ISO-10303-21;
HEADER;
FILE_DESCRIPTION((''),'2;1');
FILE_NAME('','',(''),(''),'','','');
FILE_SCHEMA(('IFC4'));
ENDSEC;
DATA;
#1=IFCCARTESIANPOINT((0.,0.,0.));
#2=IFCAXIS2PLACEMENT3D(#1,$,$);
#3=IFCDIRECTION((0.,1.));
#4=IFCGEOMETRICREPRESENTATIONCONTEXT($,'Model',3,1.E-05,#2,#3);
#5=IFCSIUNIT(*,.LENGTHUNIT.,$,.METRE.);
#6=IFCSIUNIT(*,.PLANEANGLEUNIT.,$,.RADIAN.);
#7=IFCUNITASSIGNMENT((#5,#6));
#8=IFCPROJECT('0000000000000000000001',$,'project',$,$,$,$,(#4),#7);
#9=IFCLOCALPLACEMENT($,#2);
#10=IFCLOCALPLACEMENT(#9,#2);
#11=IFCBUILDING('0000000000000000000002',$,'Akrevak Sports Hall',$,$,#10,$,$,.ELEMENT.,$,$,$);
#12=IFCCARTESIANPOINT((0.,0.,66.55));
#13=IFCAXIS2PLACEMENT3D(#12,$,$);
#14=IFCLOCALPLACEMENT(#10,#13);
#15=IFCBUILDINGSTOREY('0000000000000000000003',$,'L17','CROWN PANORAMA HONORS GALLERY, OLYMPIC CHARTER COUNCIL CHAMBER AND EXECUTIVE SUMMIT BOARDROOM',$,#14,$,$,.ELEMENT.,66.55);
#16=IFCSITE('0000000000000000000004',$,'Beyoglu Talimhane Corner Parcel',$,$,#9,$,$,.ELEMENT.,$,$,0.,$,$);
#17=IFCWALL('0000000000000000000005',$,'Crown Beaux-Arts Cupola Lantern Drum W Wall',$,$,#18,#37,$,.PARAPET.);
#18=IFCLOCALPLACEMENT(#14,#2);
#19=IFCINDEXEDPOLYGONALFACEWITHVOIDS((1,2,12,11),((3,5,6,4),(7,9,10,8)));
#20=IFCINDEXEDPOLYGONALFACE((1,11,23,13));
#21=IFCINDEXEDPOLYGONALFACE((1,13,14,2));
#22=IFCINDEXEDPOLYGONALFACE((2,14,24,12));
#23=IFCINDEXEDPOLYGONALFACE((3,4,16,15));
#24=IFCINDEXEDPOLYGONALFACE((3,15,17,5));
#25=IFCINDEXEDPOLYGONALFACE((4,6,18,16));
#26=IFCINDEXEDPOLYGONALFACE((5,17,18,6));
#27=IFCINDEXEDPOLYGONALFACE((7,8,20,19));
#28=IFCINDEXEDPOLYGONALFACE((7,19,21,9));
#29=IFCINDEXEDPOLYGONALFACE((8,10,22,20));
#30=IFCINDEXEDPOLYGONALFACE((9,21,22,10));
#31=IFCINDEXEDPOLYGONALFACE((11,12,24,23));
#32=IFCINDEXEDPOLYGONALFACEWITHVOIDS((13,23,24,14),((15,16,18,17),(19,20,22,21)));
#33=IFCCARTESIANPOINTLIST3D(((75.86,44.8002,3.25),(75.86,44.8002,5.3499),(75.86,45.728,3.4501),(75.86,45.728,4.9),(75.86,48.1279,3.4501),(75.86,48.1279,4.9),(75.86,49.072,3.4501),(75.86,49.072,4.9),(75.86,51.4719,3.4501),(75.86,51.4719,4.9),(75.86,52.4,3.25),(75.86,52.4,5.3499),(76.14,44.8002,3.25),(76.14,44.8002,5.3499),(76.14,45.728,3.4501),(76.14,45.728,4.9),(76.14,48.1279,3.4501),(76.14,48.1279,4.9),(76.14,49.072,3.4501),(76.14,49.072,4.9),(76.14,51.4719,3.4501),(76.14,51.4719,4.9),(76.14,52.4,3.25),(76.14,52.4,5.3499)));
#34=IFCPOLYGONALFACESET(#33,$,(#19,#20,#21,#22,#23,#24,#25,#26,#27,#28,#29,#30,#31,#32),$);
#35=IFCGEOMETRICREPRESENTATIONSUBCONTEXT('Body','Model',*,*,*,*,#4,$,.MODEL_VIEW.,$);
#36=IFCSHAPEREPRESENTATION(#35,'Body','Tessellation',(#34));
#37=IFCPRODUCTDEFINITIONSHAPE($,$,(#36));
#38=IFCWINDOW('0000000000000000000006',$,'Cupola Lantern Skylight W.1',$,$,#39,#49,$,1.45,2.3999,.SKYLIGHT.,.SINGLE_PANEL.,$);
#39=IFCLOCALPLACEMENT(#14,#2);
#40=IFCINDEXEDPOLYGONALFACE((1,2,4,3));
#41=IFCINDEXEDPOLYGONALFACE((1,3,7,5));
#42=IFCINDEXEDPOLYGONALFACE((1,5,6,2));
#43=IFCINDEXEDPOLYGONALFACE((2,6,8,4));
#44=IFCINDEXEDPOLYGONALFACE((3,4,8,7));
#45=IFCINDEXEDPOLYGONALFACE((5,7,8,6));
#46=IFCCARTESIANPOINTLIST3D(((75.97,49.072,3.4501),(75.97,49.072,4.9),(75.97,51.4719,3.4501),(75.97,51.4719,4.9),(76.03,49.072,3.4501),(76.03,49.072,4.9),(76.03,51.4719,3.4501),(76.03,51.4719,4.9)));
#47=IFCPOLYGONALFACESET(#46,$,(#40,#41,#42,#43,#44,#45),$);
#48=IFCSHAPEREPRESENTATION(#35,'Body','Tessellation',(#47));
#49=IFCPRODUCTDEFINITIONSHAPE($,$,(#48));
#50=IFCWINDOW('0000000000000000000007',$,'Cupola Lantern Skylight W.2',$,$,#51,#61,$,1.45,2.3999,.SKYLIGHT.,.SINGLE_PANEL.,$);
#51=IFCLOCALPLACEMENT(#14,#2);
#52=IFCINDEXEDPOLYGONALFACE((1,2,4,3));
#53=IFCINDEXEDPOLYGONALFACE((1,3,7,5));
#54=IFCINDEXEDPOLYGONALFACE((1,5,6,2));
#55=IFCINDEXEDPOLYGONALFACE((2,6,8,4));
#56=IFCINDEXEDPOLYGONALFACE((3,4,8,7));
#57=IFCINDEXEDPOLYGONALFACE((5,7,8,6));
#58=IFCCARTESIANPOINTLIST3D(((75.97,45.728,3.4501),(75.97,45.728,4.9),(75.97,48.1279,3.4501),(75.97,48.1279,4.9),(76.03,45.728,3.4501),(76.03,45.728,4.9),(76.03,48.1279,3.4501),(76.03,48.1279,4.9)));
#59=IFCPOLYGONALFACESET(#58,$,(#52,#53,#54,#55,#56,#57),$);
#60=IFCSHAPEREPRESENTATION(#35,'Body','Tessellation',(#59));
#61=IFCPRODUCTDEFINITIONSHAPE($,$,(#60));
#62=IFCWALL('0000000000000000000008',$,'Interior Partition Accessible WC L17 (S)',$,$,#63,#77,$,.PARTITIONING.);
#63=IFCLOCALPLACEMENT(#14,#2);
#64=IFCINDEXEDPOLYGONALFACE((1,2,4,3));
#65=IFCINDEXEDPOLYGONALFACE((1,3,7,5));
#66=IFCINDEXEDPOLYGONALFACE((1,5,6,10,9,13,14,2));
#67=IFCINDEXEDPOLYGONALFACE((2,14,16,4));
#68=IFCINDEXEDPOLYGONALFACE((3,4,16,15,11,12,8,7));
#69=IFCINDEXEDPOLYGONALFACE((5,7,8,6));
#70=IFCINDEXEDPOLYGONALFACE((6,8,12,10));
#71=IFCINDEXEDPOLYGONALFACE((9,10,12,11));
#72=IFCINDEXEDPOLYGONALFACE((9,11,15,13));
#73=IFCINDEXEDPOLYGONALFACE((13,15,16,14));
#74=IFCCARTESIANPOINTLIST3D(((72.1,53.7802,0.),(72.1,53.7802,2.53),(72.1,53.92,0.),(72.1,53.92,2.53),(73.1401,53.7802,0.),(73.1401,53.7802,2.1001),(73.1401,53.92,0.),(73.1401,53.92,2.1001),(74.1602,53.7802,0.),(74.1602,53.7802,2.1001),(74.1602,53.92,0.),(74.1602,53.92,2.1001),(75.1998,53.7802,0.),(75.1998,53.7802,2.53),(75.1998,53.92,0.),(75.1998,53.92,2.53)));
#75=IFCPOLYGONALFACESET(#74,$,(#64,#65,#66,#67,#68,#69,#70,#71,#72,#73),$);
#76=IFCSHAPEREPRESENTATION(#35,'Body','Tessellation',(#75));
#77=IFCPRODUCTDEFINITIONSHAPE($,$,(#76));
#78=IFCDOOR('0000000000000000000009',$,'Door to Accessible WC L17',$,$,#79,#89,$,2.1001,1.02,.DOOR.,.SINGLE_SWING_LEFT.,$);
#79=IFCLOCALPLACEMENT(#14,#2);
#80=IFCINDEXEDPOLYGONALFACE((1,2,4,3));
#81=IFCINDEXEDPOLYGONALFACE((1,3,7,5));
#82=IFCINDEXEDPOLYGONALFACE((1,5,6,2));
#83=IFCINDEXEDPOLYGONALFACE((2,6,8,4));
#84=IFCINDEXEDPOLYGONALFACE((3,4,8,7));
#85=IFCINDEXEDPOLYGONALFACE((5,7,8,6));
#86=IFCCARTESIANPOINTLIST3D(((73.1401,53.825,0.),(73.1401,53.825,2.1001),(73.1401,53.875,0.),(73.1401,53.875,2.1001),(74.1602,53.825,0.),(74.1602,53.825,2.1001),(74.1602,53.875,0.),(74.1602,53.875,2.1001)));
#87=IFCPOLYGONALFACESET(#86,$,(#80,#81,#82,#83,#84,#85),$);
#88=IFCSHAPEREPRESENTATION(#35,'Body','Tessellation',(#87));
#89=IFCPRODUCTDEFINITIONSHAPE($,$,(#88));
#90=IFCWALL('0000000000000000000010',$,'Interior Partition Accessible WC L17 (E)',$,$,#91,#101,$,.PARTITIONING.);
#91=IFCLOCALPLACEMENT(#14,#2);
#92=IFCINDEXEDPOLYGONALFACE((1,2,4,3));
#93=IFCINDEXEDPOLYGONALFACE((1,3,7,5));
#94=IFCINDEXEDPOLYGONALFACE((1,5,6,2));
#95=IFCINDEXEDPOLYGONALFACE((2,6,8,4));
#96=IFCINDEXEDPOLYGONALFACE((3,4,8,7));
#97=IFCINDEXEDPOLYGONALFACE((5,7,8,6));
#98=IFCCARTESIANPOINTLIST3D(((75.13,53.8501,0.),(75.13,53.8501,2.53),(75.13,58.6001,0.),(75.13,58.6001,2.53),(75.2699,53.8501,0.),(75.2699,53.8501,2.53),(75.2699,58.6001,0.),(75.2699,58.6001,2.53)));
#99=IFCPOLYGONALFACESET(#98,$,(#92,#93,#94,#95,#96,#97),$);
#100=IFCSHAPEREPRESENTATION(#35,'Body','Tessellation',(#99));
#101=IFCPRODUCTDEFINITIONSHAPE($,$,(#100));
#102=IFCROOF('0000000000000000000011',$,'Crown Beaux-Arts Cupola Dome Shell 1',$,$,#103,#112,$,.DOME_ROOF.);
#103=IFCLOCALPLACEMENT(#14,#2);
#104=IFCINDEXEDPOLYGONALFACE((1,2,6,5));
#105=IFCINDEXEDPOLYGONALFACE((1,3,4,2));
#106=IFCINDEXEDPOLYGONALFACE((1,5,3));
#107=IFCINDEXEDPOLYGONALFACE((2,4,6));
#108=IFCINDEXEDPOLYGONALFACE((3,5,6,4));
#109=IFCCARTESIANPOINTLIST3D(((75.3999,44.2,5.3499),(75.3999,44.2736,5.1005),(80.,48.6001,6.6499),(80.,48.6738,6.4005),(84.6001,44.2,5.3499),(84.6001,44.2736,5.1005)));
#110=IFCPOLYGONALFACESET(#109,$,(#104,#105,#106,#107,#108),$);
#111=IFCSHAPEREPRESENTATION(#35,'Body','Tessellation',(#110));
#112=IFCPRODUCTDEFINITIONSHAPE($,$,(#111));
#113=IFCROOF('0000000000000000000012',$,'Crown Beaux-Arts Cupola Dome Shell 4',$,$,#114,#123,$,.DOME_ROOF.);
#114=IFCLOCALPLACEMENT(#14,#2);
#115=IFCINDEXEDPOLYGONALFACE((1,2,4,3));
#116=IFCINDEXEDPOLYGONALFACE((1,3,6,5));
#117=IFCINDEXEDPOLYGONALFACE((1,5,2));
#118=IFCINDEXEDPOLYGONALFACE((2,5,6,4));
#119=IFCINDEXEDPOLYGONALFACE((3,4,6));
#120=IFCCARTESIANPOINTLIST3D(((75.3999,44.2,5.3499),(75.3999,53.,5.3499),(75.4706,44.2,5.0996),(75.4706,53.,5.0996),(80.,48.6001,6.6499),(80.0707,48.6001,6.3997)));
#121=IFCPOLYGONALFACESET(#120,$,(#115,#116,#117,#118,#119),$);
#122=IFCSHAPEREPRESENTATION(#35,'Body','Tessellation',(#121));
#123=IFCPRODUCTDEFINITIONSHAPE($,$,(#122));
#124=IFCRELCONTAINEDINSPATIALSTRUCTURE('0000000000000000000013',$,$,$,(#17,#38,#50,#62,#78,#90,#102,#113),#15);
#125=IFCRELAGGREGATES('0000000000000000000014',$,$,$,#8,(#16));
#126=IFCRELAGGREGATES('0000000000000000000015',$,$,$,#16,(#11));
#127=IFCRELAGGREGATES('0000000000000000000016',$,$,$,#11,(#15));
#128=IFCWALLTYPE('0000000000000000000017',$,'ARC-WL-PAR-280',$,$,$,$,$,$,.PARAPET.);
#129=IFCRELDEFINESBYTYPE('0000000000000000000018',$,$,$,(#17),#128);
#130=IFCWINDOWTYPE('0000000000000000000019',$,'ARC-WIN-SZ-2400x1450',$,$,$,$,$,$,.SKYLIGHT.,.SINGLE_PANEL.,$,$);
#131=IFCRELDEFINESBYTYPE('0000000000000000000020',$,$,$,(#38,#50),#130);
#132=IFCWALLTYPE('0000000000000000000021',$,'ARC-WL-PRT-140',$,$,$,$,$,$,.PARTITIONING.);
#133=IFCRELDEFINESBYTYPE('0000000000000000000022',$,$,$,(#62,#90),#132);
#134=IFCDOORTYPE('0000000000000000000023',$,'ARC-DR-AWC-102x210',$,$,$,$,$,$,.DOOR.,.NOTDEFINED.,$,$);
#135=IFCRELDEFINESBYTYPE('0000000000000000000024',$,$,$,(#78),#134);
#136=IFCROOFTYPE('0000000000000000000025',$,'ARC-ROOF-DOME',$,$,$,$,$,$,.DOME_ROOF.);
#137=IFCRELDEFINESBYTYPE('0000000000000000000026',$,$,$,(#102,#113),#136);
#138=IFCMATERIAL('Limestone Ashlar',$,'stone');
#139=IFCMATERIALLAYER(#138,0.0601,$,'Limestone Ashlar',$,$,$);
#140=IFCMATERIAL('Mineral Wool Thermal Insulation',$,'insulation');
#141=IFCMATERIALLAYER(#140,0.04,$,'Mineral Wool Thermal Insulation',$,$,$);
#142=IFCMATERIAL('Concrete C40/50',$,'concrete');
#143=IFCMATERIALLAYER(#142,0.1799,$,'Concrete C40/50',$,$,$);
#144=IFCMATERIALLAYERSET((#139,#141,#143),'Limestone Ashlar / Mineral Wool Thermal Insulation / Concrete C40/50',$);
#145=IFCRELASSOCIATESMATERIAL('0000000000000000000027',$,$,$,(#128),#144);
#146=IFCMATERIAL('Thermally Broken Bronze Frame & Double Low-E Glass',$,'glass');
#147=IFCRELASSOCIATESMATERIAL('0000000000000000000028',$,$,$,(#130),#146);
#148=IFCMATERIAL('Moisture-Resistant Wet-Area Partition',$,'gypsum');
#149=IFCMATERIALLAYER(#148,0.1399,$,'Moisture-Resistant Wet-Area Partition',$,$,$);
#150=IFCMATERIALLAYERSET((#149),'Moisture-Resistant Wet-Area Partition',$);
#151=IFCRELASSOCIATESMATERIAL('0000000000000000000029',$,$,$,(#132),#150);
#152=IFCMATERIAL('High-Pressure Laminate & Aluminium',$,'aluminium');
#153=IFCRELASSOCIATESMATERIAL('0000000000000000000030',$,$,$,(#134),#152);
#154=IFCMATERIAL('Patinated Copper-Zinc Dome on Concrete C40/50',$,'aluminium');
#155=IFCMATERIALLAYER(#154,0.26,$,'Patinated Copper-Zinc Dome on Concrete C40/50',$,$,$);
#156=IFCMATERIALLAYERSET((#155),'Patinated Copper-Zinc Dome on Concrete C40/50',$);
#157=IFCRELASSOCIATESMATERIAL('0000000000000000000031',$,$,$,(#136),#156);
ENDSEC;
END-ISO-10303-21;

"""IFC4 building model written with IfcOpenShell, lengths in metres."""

from ifc_helpers import new_model, si_unit, direction, frame, frame_2d, origin, place, context, subcontext, project, spatial, polyline, rectangle, outline, extrude, material, layer, layer_set, type_object, element, fill, save


model = new_model("IFC4")

# Units and contexts
model_context = context("Model", 3, precision=1e-05, world=origin(), true_north=direction((0.0, 1.0)))
body_context = subcontext(model_context, "Body", "Model", "MODEL_VIEW")
ifc_project = project(units=[si_unit("LENGTHUNIT", "METRE"), si_unit("PLANEANGLEUNIT", "RADIAN")], contexts=[model_context])

# Site, building, storey
site_placement = place(None, origin())
site = spatial("IfcSite", under=ifc_project, at=site_placement, Name="Beyoglu Talimhane Corner Parcel", CompositionType="ELEMENT", RefElevation=0.0)
building_placement = place(site_placement, origin())
building = spatial("IfcBuilding", under=site, at=building_placement, Name="Akrevak Sports Hall", CompositionType="ELEMENT")
storey_placement = place(building_placement, frame((0.0, 0.0, 66.55)))
storey = spatial("IfcBuildingStorey", under=building, at=storey_placement, Name="L17", Description="CROWN PANORAMA HONORS GALLERY, OLYMPIC CHARTER COUNCIL CHAMBER AND EXECUTIVE SUMMIT BOARDROOM", CompositionType="ELEMENT", Elevation=66.55)

# Shared definitions
ifc_material_1 = material(Name="Concrete C40/50", Category="concrete")

# Wall, openings, windows
ifc_material_2 = material(Name="Limestone Ashlar", Category="stone")
ifc_layer_1 = layer(ifc_material_2, 0.0601, Name="Limestone Ashlar")
ifc_material_3 = material(Name="Mineral Wool Thermal Insulation", Category="insulation")
ifc_layer_2 = layer(ifc_material_3, 0.04, Name="Mineral Wool Thermal Insulation")
ifc_layer_3 = layer(ifc_material_1, 0.1799, Name="Concrete C40/50")
ifc_layer_set_1 = layer_set([ifc_layer_1, ifc_layer_2, ifc_layer_3], Name="Limestone Ashlar / Mineral Wool Thermal Insulation / Concrete C40/50")
wall_type_1 = type_object("IfcWallType", Name="ARC-WL-PAR-280", PredefinedType="PARAPET", material=ifc_layer_set_1)
ifc_material_4 = material(Name="Thermally Broken Bronze Frame & Double Low-E Glass", Category="glass")
wall_1_placement = place(storey_placement, frame((76.0, 52.3999, 3.25), z_axis=(0.0, 0.0, 1.0), x_axis=(0.0, -1.0, 0.0)))
wall_1 = element("IfcWall", 1, at=wall_1_placement, inside=storey, type_object=wall_type_1, Name="Crown Beaux-Arts Cupola Lantern Drum W Wall", PredefinedType="PARAPET", context=body_context, shape_type="SweptSolid", body=[
    extrude(rectangle(XDim=7.5999, YDim=0.28, at=frame_2d((3.7998, 0.0))), origin(), (0.0, 0.0, 1.0), 2.0999),
])
opening_1_placement = place(wall_1_placement, frame((0.928, 0.0, 0.2)))
opening_1 = element("IfcOpeningElement", 2, at=opening_1_placement, cuts=wall_1, PredefinedType="OPENING", context=body_context, shape_type="SweptSolid", body=[
    extrude(rectangle(XDim=2.3999, YDim=1.45, at=frame_2d((1.2, 0.7251))), frame((0.0, 0.1519, 0.0), z_axis=(0.0, -1.0, 0.0), x_axis=(1.0, 0.0, 0.0)), (0.0, 0.0, 1.0), 0.304),
])
opening_2_placement = place(wall_1_placement, frame((4.272, 0.0, 0.2)))
opening_2 = element("IfcOpeningElement", 3, at=opening_2_placement, cuts=wall_1, PredefinedType="OPENING", context=body_context, shape_type="SweptSolid", body=[
    extrude(rectangle(XDim=2.3999, YDim=1.45, at=frame_2d((1.2, 0.7251))), frame((0.0, 0.1519, 0.0), z_axis=(0.0, -1.0, 0.0), x_axis=(1.0, 0.0, 0.0)), (0.0, 0.0, 1.0), 0.304),
])
window_type_1 = type_object("IfcWindowType", Name="ARC-WIN-SZ-2400x1450", PartitioningType="SINGLE_PANEL", PredefinedType="SKYLIGHT", material=ifc_material_4)
window_1_placement = place(opening_1_placement, origin())
window_1 = element("IfcWindow", 4, at=window_1_placement, inside=storey, type_object=window_type_1, Name="Cupola Lantern Skylight W.1", OverallHeight=1.45, OverallWidth=2.3999, PartitioningType="SINGLE_PANEL", PredefinedType="SKYLIGHT", context=body_context, shape_type="SweptSolid", body=[
    extrude(rectangle(XDim=2.3999, YDim=1.45, at=frame_2d((1.2, 0.7251))), frame((0.0, 0.03, 0.0), z_axis=(0.0, -1.0, 0.0), x_axis=(1.0, 0.0, 0.0)), (0.0, 0.0, 1.0), 0.0601),
])
fill(opening_1, window_1)
window_2_placement = place(opening_2_placement, origin())
window_2 = element("IfcWindow", 5, at=window_2_placement, inside=storey, type_object=window_type_1, Name="Cupola Lantern Skylight W.2", OverallHeight=1.45, OverallWidth=2.3999, PartitioningType="SINGLE_PANEL", PredefinedType="SKYLIGHT", context=body_context, shape_type="SweptSolid", body=[
    extrude(rectangle(XDim=2.3999, YDim=1.45, at=frame_2d((1.2, 0.7251))), frame((0.0, 0.03, 0.0), z_axis=(0.0, -1.0, 0.0), x_axis=(1.0, 0.0, 0.0)), (0.0, 0.0, 1.0), 0.0601),
])
fill(opening_2, window_2)

# Wall, opening, door
ifc_material_5 = material(Name="Moisture-Resistant Wet-Area Partition", Category="gypsum")
ifc_layer_4 = layer(ifc_material_5, 0.1399, Name="Moisture-Resistant Wet-Area Partition")
ifc_layer_set_2 = layer_set([ifc_layer_4], Name="Moisture-Resistant Wet-Area Partition")
wall_type_2 = type_object("IfcWallType", Name="ARC-WL-PRT-140", PredefinedType="PARTITIONING", material=ifc_layer_set_2)
wall_2_placement = place(storey_placement, frame((72.1001, 53.8501, 0.0), z_axis=(0.0, 0.0, 1.0), x_axis=(1.0, 0.0, 0.0)))
wall_2 = element("IfcWall", 6, at=wall_2_placement, inside=storey, type_object=wall_type_2, Name="Interior Partition Accessible WC L17 (S)", PredefinedType="PARTITIONING", context=body_context, shape_type="SweptSolid", body=[
    extrude(rectangle(XDim=3.0999, YDim=0.1399, at=frame_2d((1.5498, 0.0))), origin(), (0.0, 0.0, 1.0), 2.53),
])
opening_3_placement = place(wall_2_placement, frame((1.04, 0.0, 0.0)))
opening_3 = element("IfcOpeningElement", 7, at=opening_3_placement, cuts=wall_2, PredefinedType="OPENING", context=body_context, shape_type="SweptSolid", body=[
    extrude(rectangle(XDim=1.02, YDim=2.1001, at=frame_2d((0.51, 1.05))), frame((0.0, 0.082, 0.0), z_axis=(0.0, -1.0, 0.0), x_axis=(1.0, 0.0, 0.0)), (0.0, 0.0, 1.0), 0.1638),
])
ifc_material_6 = material(Name="High-Pressure Laminate & Aluminium", Category="aluminium")
door_type = type_object("IfcDoorType", Name="ARC-DR-AWC-102x210", OperationType="NOTDEFINED", PredefinedType="DOOR", material=ifc_material_6)
door_placement = place(opening_3_placement, origin())
door = element("IfcDoor", 8, at=door_placement, inside=storey, type_object=door_type, Name="Door to Accessible WC L17", OperationType="SINGLE_SWING_LEFT", OverallHeight=2.1001, OverallWidth=1.02, PredefinedType="DOOR", context=body_context, shape_type="SweptSolid", body=[
    extrude(rectangle(XDim=1.02, YDim=2.1001, at=frame_2d((0.51, 1.05))), frame((0.0, 0.0249, 0.0), z_axis=(0.0, -1.0, 0.0), x_axis=(1.0, 0.0, 0.0)), (0.0, 0.0, 1.0), 0.05),
])
fill(opening_3, door)

# Wall
wall_3_placement = place(storey_placement, frame((75.2, 53.8501, 0.0), z_axis=(0.0, 0.0, 1.0), x_axis=(0.0, 1.0, 0.0)))
element("IfcWall", 9, at=wall_3_placement, inside=storey, type_object=wall_type_2, Name="Interior Partition Accessible WC L17 (E)", PredefinedType="PARTITIONING", context=body_context, shape_type="SweptSolid", body=[
    extrude(rectangle(XDim=4.75, YDim=0.1399, at=frame_2d((2.375, 0.0))), origin(), (0.0, 0.0, 1.0), 2.53),
])

# Roofs
ifc_material_7 = material(Name="Patinated Copper-Zinc Dome on Concrete C40/50", Category="aluminium")
ifc_layer_5 = layer(ifc_material_7, 0.26, Name="Patinated Copper-Zinc Dome on Concrete C40/50")
ifc_layer_set_3 = layer_set([ifc_layer_5], Name="Patinated Copper-Zinc Dome on Concrete C40/50")
roof_type = type_object("IfcRoofType", Name="ARC-ROOF-DOME", PredefinedType="DOME_ROOF", material=ifc_layer_set_3)
roof_1_placement = place(storey_placement, frame((75.3999, 44.2, 5.3499), z_axis=(0.0, -0.283347, 0.959017), x_axis=(1.0, 0.0, 0.0)))
element("IfcRoof", 10, at=roof_1_placement, inside=storey, type_object=roof_type, Name="Crown Beaux-Arts Cupola Dome Shell 1", PredefinedType="DOME_ROOF", context=body_context, shape_type="SweptSolid", body=[
    extrude(outline(polyline([(0.0, 0.0), (9.2002, 0.0), (4.6001, 4.5882), (0.0, 0.0)])), origin(), (0.0, 0.0, -1.0), 0.26),
])
roof_2_placement = place(storey_placement, frame((75.3999, 53.0, 5.3499), z_axis=(-0.271961, 0.0, 0.962308), x_axis=(0.0, -1.0, 0.0)))
element("IfcRoof", 11, at=roof_2_placement, inside=storey, type_object=roof_type, Name="Crown Beaux-Arts Cupola Dome Shell 4", PredefinedType="DOME_ROOF", context=body_context, shape_type="SweptSolid", body=[
    extrude(outline(polyline([(0.0, 0.0), (8.8, 0.0), (4.3999, 4.7803), (0.0, 0.0)])), origin(), (0.0, 0.0, -1.0), 0.26),
])

save(model, "model.ifc")
